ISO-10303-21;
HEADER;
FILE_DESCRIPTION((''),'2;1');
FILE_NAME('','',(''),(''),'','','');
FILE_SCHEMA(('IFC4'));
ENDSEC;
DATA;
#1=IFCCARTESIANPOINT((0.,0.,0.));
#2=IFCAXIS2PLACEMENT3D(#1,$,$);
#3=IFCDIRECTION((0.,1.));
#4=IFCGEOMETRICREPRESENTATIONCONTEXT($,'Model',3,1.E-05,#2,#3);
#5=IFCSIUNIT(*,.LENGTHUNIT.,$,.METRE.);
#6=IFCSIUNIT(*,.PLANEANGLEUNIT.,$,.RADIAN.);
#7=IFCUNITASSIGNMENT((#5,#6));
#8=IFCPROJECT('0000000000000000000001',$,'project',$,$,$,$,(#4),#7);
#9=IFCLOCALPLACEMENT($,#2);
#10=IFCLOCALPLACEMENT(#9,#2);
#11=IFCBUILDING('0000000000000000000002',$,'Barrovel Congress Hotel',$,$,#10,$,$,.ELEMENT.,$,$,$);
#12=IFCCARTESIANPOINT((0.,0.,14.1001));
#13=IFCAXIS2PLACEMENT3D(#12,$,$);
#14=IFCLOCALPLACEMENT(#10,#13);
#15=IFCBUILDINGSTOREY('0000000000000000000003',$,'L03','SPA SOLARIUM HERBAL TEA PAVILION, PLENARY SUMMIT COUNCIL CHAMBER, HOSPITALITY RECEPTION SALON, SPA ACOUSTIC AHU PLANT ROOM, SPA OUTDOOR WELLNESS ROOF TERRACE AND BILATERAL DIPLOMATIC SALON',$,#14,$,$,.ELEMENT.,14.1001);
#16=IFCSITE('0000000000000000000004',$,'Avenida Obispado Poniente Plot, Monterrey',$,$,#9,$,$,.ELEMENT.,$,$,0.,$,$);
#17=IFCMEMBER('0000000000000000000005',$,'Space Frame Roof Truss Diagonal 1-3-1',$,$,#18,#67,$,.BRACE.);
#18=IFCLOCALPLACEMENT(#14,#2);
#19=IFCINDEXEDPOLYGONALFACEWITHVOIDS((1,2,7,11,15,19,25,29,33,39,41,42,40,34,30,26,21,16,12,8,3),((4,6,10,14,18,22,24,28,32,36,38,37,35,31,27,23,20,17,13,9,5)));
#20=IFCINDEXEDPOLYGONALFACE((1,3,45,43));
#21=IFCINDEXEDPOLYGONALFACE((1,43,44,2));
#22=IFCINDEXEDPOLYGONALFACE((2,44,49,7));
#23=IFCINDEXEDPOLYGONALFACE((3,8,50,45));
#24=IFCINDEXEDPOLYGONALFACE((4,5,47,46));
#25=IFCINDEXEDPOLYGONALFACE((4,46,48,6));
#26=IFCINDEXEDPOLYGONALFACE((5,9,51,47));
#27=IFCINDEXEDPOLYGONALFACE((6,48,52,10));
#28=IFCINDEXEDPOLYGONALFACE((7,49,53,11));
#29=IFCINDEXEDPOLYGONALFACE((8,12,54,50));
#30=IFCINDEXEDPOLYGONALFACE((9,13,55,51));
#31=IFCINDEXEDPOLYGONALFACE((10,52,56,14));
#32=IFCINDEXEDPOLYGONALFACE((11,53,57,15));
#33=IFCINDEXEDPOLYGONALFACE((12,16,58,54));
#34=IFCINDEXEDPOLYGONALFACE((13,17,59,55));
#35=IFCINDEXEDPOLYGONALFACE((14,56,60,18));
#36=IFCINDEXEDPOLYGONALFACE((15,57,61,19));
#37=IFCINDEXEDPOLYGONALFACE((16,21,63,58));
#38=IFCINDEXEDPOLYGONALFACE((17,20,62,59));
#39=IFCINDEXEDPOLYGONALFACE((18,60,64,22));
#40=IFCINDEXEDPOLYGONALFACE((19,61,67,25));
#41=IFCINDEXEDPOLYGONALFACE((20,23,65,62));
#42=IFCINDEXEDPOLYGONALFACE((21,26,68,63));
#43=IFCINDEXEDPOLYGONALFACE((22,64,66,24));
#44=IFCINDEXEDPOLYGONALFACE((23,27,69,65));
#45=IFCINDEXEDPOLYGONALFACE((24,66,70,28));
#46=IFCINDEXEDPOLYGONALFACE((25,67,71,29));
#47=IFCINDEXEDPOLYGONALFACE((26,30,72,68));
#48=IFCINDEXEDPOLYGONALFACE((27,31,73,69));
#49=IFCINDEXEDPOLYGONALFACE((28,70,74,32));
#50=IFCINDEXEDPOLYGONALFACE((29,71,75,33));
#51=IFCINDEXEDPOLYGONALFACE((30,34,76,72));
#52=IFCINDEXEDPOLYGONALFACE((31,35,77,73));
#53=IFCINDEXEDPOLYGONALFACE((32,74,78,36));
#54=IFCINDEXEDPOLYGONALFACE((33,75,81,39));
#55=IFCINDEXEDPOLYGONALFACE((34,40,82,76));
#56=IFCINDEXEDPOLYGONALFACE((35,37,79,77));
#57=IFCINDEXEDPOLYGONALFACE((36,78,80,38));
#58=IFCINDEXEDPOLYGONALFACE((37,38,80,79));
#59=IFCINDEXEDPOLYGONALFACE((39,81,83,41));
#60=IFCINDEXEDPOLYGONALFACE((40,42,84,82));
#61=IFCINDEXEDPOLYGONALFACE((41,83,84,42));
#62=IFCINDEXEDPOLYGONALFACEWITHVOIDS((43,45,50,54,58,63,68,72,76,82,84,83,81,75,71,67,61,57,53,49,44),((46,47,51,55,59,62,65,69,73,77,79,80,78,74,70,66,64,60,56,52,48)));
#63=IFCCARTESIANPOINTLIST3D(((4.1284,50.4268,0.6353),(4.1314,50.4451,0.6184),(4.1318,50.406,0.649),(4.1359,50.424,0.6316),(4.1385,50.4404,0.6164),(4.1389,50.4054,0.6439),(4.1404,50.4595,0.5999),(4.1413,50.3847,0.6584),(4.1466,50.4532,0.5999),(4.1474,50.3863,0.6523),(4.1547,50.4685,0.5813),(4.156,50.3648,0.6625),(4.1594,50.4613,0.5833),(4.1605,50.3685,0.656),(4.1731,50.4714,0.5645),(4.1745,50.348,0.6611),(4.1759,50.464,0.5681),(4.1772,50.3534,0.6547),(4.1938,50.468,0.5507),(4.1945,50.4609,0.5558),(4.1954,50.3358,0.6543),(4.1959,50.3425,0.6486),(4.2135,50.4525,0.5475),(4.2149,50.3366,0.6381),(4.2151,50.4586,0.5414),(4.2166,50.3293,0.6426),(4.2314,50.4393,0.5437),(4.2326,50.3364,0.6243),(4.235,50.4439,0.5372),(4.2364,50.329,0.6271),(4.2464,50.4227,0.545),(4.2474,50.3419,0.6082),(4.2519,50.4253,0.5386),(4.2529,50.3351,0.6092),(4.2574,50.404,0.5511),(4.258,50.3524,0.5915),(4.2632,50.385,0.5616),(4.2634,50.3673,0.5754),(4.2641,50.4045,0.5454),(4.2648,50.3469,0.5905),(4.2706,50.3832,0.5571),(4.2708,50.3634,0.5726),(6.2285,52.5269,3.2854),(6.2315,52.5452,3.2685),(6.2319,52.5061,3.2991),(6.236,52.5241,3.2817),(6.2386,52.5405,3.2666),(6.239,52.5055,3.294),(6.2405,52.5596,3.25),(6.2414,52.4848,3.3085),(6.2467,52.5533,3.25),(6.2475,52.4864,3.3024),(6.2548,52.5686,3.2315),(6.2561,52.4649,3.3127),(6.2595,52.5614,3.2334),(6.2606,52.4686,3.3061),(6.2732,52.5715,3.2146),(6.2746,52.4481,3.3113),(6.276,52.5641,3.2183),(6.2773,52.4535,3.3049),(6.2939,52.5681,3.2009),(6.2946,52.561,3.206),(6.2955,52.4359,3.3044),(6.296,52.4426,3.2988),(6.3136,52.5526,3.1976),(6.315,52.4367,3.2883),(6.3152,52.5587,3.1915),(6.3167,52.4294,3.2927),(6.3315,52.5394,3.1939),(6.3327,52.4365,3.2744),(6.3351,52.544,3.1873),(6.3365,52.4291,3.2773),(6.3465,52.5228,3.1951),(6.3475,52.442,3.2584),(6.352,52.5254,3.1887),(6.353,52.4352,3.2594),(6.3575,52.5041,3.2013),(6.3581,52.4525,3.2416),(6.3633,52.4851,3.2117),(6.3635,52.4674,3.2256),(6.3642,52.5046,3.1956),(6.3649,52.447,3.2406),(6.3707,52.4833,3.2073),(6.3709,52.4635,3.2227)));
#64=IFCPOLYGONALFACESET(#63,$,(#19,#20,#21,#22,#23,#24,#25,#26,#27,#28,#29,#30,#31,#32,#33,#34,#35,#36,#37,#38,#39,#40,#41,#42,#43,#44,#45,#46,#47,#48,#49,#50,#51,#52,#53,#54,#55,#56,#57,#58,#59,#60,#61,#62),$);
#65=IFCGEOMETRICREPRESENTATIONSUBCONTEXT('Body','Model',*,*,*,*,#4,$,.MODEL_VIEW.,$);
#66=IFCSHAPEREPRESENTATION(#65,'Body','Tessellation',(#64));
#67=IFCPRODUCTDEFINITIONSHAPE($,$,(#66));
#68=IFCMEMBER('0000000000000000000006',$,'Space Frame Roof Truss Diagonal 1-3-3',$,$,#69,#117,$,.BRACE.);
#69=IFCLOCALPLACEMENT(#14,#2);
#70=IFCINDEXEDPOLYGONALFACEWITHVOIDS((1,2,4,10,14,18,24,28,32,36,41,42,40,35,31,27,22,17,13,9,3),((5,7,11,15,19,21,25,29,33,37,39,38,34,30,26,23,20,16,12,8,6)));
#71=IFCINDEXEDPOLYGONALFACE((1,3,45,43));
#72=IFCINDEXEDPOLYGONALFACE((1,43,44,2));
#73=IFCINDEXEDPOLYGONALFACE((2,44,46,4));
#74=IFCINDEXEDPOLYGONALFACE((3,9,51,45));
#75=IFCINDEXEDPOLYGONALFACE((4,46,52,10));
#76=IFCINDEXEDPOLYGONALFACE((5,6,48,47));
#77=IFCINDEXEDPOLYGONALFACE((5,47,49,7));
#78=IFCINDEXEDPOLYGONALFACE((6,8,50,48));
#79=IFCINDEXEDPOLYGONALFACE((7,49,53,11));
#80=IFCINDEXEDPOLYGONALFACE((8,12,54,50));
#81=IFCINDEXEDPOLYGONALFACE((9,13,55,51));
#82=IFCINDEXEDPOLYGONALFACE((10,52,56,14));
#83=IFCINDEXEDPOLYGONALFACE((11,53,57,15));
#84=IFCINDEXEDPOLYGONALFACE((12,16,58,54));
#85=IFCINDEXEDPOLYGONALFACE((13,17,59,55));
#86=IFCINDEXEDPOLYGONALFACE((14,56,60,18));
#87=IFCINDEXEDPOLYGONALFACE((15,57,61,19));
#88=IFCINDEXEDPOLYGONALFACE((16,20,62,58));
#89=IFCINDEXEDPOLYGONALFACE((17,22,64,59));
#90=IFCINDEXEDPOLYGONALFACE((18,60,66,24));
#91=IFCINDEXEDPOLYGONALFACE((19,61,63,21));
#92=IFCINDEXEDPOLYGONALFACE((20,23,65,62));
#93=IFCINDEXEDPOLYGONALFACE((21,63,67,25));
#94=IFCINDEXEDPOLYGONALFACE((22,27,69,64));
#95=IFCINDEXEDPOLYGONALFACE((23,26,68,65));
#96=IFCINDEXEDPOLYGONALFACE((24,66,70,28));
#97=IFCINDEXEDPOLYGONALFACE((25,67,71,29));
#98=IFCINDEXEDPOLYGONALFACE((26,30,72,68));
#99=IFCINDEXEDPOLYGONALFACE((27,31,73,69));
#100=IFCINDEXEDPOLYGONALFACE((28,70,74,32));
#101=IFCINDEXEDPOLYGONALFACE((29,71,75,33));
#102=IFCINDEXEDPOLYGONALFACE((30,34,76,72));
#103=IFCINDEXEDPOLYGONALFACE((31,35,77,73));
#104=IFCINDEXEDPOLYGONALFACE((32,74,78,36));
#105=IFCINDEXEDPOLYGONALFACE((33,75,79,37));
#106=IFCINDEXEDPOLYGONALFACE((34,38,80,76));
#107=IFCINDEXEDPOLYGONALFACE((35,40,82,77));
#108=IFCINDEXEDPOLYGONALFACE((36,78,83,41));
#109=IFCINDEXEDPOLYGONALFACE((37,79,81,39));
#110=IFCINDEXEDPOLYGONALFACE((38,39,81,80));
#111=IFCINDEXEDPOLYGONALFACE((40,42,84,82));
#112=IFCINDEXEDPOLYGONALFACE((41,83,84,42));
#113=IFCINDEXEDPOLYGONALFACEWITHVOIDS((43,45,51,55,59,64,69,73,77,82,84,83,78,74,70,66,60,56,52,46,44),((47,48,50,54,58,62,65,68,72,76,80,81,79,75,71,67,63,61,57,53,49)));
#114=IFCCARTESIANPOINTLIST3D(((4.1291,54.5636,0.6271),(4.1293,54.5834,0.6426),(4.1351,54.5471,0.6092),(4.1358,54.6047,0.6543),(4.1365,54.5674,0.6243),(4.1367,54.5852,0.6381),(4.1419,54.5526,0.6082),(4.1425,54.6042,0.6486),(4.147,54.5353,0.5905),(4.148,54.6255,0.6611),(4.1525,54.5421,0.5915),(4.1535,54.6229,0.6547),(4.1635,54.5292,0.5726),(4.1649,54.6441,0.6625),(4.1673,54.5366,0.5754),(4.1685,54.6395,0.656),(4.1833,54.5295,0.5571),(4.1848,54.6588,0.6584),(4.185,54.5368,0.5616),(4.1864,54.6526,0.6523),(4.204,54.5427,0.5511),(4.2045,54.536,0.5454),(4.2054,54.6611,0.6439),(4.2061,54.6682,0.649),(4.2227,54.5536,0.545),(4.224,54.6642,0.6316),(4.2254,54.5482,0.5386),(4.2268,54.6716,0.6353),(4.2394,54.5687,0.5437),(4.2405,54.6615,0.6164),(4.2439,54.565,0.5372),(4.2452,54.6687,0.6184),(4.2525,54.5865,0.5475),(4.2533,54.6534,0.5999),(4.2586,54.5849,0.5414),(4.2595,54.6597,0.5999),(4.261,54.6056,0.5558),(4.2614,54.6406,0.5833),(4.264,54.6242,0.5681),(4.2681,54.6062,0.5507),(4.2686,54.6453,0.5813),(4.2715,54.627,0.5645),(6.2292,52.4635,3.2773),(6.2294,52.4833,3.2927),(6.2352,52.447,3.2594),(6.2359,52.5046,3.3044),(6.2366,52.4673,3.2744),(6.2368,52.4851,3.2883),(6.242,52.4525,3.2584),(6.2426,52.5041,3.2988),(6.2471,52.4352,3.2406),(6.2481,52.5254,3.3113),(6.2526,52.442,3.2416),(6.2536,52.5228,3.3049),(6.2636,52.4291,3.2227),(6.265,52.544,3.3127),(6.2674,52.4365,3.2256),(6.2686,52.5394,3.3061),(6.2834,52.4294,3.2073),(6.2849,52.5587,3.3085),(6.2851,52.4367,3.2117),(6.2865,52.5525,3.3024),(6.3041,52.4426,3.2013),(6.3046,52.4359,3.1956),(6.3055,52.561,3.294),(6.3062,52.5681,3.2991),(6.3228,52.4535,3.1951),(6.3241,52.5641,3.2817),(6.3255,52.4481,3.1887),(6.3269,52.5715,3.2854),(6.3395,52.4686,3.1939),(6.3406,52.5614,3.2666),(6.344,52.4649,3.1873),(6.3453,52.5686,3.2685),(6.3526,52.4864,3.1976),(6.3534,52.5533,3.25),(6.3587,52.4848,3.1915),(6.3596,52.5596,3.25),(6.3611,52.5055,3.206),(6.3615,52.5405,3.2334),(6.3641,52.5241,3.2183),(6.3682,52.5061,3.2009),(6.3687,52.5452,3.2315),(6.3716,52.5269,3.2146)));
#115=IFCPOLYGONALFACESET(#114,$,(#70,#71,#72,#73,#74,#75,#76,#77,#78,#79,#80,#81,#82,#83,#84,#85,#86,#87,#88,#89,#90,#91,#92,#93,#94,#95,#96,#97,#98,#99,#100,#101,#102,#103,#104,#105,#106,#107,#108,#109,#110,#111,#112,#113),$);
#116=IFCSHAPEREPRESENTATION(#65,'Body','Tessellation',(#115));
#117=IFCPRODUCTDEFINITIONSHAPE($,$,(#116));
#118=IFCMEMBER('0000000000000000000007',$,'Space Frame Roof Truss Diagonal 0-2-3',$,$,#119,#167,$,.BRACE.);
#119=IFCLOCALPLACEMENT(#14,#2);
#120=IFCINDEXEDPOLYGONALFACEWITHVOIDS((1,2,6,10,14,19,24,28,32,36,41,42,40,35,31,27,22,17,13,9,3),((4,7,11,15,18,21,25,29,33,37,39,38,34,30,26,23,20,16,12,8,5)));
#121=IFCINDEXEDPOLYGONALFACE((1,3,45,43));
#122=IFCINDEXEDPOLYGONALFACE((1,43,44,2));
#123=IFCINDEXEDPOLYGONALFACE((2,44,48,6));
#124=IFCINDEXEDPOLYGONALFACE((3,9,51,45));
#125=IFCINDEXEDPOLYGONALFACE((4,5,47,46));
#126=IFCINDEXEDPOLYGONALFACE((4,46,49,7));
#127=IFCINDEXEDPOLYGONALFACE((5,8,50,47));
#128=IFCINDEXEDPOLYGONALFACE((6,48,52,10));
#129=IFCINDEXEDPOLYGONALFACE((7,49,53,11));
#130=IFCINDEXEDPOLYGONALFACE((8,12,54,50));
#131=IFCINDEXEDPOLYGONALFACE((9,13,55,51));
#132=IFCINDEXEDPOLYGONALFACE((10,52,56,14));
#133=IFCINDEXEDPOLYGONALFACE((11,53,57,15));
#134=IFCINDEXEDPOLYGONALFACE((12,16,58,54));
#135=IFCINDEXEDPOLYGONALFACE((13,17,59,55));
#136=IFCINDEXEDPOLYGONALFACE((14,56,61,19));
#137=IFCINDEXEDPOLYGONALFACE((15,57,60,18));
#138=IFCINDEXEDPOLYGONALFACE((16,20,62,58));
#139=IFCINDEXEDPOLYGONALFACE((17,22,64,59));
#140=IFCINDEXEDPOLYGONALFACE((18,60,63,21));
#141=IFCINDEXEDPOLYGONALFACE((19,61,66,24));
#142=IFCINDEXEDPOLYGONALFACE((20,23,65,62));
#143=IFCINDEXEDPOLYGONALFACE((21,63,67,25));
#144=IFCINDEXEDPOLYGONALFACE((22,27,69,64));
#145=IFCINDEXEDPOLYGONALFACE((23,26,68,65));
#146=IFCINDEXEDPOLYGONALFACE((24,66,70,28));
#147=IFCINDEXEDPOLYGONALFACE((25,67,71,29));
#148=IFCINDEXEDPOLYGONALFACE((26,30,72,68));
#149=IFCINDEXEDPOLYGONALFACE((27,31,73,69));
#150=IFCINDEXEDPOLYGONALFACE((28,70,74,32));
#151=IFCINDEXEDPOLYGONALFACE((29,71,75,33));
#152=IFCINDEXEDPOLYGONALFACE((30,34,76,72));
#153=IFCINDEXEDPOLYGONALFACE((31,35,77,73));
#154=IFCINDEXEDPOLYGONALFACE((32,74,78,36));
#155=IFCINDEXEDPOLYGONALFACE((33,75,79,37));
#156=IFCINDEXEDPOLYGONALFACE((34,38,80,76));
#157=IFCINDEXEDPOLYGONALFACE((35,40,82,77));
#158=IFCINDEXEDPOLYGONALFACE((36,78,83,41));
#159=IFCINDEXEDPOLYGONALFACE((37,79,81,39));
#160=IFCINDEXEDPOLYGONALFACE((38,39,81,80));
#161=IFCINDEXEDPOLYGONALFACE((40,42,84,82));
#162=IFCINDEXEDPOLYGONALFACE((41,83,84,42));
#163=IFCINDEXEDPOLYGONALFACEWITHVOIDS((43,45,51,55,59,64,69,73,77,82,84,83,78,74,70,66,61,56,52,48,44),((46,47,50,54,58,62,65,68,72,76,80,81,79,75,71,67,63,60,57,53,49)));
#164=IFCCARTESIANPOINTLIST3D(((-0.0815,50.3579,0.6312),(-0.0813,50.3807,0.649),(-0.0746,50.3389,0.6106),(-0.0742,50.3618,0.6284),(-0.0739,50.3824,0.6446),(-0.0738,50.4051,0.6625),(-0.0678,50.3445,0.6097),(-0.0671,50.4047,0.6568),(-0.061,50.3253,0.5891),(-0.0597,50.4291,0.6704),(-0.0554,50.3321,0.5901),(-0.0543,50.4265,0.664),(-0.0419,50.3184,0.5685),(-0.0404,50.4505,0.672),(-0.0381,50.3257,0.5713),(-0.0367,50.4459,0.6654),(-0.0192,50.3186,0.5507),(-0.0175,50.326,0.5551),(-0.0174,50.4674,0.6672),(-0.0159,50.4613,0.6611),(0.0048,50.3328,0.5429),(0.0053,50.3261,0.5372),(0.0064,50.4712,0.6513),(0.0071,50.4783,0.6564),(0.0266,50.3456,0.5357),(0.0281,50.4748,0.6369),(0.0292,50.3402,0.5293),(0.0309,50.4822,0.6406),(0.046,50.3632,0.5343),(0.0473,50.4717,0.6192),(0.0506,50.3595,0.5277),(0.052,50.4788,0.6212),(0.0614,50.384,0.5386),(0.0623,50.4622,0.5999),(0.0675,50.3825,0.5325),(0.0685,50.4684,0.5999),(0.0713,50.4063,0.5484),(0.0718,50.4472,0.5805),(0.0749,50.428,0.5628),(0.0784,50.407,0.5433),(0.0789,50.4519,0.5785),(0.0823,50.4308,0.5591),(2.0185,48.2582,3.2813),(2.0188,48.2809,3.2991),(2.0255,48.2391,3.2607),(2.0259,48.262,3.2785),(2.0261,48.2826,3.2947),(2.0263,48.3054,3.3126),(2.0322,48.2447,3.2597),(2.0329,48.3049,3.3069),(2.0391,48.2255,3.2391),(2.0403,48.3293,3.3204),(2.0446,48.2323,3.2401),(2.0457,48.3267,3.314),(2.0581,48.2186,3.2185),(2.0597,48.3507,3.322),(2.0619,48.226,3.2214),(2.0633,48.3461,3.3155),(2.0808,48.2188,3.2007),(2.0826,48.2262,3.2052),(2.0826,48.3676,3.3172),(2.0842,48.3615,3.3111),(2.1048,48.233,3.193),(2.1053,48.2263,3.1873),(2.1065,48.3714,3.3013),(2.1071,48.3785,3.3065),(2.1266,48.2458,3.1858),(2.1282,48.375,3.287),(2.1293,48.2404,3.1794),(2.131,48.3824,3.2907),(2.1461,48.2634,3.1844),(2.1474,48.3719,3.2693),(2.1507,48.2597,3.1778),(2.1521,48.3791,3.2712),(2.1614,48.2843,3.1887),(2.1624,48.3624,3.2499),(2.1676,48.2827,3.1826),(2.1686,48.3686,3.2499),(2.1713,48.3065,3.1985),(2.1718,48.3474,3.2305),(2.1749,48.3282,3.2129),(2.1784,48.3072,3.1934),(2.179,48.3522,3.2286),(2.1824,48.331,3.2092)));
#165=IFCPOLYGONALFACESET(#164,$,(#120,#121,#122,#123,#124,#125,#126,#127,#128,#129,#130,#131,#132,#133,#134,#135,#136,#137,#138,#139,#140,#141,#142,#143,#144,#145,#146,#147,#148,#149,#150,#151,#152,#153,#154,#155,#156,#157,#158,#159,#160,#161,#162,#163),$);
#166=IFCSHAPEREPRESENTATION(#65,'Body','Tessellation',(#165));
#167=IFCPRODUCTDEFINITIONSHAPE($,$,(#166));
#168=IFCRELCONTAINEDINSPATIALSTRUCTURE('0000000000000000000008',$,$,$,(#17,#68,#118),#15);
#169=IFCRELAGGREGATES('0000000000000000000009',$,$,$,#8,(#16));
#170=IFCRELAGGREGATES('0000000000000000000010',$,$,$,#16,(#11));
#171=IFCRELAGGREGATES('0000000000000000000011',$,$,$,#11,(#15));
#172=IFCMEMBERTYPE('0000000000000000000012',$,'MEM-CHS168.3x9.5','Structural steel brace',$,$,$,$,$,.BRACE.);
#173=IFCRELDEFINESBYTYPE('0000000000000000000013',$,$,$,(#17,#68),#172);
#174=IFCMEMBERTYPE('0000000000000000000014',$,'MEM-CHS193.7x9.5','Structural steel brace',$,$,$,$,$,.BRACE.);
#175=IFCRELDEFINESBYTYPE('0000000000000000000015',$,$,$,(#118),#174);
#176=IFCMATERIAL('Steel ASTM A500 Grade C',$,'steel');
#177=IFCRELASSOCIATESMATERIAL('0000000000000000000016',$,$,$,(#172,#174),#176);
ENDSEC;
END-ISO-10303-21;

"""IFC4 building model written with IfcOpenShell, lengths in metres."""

from ifc_helpers import new_model, si_unit, direction, frame, origin, origin_2d, place, context, subcontext, project, spatial, hollow_circle, extrude, material, material_profile, profile_set, type_object, element, save


model = new_model("IFC4")

# Units and contexts
model_context = context("Model", 3, precision=1e-05, world=origin(), true_north=direction((0.0, 1.0)))
body_context = subcontext(model_context, "Body", "Model", "MODEL_VIEW")
ifc_project = project(units=[si_unit("LENGTHUNIT", "METRE"), si_unit("PLANEANGLEUNIT", "RADIAN")], contexts=[model_context])

# Site, building, storey
site_placement = place(None, origin())
site = spatial("IfcSite", under=ifc_project, at=site_placement, Name="Avenida Obispado Poniente Plot, Monterrey", CompositionType="ELEMENT", RefElevation=0.0)
building_placement = place(site_placement, origin())
building = spatial("IfcBuilding", under=site, at=building_placement, Name="Barrovel Congress Hotel", CompositionType="ELEMENT")
storey_placement = place(building_placement, frame((0.0, 0.0, 14.1001)))
storey = spatial("IfcBuildingStorey", under=building, at=storey_placement, Name="L03", Description="SPA SOLARIUM HERBAL TEA PAVILION, PLENARY SUMMIT COUNCIL CHAMBER, HOSPITALITY RECEPTION SALON, SPA ACOUSTIC AHU PLANT ROOM, SPA OUTDOOR WELLNESS ROOF TERRACE AND BILATERAL DIPLOMATIC SALON", CompositionType="ELEMENT", Elevation=14.1001)

# Members
ifc_material_1 = material(Name="Steel ASTM A500 Grade C", Category="steel")
ifc_material_profile_1 = material_profile(ifc_material_1, hollow_circle(Radius=0.0842, WallThickness=0.0088, at=origin_2d()), Name="CHS168.3x9.5")
ifc_profile_set_1 = profile_set([ifc_material_profile_1], Name="Steel ASTM A500 Grade C")
member_type_1 = type_object("IfcMemberType", Name="MEM-CHS168.3x9.5", Description="Structural steel brace", PredefinedType="BRACE", material=ifc_profile_set_1)
for number, where, z_axis, x_axis, name in (
    (1, (4.2, 50.3999, 0.5999), (0.527601, 0.527601, 0.665788), (-0.707107, 0.707107, 0.0), "Space Frame Roof Truss Diagonal 1-3-1"),
    (2, (4.2, 54.6001, 0.5999), (0.527601, -0.527601, 0.665788), (0.707107, 0.707107, 0.0), "Space Frame Roof Truss Diagonal 1-3-3"),
):
    element("IfcMember", number, at=place(storey_placement, frame(where, z_axis=z_axis, x_axis=x_axis)), inside=storey, type_object=member_type_1, Name=name, PredefinedType="BRACE", context=body_context, shape_type="SweptSolid", body=[
        extrude(hollow_circle(Radius=0.0842, WallThickness=0.0088, at=origin_2d()), origin(), (0.0, 0.0, 1.0), 3.9805),
    ])
ifc_material_profile_2 = material_profile(ifc_material_1, hollow_circle(Radius=0.0969, WallThickness=0.0088, at=origin_2d()), Name="CHS193.7x9.5")
ifc_profile_set_2 = profile_set([ifc_material_profile_2], Name="Steel ASTM A500 Grade C")
member_type_2 = type_object("IfcMemberType", Name="MEM-CHS193.7x9.5", Description="Structural steel brace", PredefinedType="BRACE", material=ifc_profile_set_2)
for number, where, z_axis, x_axis, name in (
    (3, (0.0, 50.3999, 0.5999), (0.527618, -0.527557, 0.66581), (0.707066, 0.707148, 0.0), "Space Frame Roof Truss Diagonal 0-2-3"),
):
    element("IfcMember", number, at=place(storey_placement, frame(where, z_axis=z_axis, x_axis=x_axis)), inside=storey, type_object=member_type_2, Name=name, PredefinedType="BRACE", context=body_context, shape_type="SweptSolid", body=[
        extrude(hollow_circle(Radius=0.0969, WallThickness=0.0088, at=origin_2d()), origin(), (0.0, 0.0, 1.0), 3.9802),
    ])

save(model, "model.ifc")
